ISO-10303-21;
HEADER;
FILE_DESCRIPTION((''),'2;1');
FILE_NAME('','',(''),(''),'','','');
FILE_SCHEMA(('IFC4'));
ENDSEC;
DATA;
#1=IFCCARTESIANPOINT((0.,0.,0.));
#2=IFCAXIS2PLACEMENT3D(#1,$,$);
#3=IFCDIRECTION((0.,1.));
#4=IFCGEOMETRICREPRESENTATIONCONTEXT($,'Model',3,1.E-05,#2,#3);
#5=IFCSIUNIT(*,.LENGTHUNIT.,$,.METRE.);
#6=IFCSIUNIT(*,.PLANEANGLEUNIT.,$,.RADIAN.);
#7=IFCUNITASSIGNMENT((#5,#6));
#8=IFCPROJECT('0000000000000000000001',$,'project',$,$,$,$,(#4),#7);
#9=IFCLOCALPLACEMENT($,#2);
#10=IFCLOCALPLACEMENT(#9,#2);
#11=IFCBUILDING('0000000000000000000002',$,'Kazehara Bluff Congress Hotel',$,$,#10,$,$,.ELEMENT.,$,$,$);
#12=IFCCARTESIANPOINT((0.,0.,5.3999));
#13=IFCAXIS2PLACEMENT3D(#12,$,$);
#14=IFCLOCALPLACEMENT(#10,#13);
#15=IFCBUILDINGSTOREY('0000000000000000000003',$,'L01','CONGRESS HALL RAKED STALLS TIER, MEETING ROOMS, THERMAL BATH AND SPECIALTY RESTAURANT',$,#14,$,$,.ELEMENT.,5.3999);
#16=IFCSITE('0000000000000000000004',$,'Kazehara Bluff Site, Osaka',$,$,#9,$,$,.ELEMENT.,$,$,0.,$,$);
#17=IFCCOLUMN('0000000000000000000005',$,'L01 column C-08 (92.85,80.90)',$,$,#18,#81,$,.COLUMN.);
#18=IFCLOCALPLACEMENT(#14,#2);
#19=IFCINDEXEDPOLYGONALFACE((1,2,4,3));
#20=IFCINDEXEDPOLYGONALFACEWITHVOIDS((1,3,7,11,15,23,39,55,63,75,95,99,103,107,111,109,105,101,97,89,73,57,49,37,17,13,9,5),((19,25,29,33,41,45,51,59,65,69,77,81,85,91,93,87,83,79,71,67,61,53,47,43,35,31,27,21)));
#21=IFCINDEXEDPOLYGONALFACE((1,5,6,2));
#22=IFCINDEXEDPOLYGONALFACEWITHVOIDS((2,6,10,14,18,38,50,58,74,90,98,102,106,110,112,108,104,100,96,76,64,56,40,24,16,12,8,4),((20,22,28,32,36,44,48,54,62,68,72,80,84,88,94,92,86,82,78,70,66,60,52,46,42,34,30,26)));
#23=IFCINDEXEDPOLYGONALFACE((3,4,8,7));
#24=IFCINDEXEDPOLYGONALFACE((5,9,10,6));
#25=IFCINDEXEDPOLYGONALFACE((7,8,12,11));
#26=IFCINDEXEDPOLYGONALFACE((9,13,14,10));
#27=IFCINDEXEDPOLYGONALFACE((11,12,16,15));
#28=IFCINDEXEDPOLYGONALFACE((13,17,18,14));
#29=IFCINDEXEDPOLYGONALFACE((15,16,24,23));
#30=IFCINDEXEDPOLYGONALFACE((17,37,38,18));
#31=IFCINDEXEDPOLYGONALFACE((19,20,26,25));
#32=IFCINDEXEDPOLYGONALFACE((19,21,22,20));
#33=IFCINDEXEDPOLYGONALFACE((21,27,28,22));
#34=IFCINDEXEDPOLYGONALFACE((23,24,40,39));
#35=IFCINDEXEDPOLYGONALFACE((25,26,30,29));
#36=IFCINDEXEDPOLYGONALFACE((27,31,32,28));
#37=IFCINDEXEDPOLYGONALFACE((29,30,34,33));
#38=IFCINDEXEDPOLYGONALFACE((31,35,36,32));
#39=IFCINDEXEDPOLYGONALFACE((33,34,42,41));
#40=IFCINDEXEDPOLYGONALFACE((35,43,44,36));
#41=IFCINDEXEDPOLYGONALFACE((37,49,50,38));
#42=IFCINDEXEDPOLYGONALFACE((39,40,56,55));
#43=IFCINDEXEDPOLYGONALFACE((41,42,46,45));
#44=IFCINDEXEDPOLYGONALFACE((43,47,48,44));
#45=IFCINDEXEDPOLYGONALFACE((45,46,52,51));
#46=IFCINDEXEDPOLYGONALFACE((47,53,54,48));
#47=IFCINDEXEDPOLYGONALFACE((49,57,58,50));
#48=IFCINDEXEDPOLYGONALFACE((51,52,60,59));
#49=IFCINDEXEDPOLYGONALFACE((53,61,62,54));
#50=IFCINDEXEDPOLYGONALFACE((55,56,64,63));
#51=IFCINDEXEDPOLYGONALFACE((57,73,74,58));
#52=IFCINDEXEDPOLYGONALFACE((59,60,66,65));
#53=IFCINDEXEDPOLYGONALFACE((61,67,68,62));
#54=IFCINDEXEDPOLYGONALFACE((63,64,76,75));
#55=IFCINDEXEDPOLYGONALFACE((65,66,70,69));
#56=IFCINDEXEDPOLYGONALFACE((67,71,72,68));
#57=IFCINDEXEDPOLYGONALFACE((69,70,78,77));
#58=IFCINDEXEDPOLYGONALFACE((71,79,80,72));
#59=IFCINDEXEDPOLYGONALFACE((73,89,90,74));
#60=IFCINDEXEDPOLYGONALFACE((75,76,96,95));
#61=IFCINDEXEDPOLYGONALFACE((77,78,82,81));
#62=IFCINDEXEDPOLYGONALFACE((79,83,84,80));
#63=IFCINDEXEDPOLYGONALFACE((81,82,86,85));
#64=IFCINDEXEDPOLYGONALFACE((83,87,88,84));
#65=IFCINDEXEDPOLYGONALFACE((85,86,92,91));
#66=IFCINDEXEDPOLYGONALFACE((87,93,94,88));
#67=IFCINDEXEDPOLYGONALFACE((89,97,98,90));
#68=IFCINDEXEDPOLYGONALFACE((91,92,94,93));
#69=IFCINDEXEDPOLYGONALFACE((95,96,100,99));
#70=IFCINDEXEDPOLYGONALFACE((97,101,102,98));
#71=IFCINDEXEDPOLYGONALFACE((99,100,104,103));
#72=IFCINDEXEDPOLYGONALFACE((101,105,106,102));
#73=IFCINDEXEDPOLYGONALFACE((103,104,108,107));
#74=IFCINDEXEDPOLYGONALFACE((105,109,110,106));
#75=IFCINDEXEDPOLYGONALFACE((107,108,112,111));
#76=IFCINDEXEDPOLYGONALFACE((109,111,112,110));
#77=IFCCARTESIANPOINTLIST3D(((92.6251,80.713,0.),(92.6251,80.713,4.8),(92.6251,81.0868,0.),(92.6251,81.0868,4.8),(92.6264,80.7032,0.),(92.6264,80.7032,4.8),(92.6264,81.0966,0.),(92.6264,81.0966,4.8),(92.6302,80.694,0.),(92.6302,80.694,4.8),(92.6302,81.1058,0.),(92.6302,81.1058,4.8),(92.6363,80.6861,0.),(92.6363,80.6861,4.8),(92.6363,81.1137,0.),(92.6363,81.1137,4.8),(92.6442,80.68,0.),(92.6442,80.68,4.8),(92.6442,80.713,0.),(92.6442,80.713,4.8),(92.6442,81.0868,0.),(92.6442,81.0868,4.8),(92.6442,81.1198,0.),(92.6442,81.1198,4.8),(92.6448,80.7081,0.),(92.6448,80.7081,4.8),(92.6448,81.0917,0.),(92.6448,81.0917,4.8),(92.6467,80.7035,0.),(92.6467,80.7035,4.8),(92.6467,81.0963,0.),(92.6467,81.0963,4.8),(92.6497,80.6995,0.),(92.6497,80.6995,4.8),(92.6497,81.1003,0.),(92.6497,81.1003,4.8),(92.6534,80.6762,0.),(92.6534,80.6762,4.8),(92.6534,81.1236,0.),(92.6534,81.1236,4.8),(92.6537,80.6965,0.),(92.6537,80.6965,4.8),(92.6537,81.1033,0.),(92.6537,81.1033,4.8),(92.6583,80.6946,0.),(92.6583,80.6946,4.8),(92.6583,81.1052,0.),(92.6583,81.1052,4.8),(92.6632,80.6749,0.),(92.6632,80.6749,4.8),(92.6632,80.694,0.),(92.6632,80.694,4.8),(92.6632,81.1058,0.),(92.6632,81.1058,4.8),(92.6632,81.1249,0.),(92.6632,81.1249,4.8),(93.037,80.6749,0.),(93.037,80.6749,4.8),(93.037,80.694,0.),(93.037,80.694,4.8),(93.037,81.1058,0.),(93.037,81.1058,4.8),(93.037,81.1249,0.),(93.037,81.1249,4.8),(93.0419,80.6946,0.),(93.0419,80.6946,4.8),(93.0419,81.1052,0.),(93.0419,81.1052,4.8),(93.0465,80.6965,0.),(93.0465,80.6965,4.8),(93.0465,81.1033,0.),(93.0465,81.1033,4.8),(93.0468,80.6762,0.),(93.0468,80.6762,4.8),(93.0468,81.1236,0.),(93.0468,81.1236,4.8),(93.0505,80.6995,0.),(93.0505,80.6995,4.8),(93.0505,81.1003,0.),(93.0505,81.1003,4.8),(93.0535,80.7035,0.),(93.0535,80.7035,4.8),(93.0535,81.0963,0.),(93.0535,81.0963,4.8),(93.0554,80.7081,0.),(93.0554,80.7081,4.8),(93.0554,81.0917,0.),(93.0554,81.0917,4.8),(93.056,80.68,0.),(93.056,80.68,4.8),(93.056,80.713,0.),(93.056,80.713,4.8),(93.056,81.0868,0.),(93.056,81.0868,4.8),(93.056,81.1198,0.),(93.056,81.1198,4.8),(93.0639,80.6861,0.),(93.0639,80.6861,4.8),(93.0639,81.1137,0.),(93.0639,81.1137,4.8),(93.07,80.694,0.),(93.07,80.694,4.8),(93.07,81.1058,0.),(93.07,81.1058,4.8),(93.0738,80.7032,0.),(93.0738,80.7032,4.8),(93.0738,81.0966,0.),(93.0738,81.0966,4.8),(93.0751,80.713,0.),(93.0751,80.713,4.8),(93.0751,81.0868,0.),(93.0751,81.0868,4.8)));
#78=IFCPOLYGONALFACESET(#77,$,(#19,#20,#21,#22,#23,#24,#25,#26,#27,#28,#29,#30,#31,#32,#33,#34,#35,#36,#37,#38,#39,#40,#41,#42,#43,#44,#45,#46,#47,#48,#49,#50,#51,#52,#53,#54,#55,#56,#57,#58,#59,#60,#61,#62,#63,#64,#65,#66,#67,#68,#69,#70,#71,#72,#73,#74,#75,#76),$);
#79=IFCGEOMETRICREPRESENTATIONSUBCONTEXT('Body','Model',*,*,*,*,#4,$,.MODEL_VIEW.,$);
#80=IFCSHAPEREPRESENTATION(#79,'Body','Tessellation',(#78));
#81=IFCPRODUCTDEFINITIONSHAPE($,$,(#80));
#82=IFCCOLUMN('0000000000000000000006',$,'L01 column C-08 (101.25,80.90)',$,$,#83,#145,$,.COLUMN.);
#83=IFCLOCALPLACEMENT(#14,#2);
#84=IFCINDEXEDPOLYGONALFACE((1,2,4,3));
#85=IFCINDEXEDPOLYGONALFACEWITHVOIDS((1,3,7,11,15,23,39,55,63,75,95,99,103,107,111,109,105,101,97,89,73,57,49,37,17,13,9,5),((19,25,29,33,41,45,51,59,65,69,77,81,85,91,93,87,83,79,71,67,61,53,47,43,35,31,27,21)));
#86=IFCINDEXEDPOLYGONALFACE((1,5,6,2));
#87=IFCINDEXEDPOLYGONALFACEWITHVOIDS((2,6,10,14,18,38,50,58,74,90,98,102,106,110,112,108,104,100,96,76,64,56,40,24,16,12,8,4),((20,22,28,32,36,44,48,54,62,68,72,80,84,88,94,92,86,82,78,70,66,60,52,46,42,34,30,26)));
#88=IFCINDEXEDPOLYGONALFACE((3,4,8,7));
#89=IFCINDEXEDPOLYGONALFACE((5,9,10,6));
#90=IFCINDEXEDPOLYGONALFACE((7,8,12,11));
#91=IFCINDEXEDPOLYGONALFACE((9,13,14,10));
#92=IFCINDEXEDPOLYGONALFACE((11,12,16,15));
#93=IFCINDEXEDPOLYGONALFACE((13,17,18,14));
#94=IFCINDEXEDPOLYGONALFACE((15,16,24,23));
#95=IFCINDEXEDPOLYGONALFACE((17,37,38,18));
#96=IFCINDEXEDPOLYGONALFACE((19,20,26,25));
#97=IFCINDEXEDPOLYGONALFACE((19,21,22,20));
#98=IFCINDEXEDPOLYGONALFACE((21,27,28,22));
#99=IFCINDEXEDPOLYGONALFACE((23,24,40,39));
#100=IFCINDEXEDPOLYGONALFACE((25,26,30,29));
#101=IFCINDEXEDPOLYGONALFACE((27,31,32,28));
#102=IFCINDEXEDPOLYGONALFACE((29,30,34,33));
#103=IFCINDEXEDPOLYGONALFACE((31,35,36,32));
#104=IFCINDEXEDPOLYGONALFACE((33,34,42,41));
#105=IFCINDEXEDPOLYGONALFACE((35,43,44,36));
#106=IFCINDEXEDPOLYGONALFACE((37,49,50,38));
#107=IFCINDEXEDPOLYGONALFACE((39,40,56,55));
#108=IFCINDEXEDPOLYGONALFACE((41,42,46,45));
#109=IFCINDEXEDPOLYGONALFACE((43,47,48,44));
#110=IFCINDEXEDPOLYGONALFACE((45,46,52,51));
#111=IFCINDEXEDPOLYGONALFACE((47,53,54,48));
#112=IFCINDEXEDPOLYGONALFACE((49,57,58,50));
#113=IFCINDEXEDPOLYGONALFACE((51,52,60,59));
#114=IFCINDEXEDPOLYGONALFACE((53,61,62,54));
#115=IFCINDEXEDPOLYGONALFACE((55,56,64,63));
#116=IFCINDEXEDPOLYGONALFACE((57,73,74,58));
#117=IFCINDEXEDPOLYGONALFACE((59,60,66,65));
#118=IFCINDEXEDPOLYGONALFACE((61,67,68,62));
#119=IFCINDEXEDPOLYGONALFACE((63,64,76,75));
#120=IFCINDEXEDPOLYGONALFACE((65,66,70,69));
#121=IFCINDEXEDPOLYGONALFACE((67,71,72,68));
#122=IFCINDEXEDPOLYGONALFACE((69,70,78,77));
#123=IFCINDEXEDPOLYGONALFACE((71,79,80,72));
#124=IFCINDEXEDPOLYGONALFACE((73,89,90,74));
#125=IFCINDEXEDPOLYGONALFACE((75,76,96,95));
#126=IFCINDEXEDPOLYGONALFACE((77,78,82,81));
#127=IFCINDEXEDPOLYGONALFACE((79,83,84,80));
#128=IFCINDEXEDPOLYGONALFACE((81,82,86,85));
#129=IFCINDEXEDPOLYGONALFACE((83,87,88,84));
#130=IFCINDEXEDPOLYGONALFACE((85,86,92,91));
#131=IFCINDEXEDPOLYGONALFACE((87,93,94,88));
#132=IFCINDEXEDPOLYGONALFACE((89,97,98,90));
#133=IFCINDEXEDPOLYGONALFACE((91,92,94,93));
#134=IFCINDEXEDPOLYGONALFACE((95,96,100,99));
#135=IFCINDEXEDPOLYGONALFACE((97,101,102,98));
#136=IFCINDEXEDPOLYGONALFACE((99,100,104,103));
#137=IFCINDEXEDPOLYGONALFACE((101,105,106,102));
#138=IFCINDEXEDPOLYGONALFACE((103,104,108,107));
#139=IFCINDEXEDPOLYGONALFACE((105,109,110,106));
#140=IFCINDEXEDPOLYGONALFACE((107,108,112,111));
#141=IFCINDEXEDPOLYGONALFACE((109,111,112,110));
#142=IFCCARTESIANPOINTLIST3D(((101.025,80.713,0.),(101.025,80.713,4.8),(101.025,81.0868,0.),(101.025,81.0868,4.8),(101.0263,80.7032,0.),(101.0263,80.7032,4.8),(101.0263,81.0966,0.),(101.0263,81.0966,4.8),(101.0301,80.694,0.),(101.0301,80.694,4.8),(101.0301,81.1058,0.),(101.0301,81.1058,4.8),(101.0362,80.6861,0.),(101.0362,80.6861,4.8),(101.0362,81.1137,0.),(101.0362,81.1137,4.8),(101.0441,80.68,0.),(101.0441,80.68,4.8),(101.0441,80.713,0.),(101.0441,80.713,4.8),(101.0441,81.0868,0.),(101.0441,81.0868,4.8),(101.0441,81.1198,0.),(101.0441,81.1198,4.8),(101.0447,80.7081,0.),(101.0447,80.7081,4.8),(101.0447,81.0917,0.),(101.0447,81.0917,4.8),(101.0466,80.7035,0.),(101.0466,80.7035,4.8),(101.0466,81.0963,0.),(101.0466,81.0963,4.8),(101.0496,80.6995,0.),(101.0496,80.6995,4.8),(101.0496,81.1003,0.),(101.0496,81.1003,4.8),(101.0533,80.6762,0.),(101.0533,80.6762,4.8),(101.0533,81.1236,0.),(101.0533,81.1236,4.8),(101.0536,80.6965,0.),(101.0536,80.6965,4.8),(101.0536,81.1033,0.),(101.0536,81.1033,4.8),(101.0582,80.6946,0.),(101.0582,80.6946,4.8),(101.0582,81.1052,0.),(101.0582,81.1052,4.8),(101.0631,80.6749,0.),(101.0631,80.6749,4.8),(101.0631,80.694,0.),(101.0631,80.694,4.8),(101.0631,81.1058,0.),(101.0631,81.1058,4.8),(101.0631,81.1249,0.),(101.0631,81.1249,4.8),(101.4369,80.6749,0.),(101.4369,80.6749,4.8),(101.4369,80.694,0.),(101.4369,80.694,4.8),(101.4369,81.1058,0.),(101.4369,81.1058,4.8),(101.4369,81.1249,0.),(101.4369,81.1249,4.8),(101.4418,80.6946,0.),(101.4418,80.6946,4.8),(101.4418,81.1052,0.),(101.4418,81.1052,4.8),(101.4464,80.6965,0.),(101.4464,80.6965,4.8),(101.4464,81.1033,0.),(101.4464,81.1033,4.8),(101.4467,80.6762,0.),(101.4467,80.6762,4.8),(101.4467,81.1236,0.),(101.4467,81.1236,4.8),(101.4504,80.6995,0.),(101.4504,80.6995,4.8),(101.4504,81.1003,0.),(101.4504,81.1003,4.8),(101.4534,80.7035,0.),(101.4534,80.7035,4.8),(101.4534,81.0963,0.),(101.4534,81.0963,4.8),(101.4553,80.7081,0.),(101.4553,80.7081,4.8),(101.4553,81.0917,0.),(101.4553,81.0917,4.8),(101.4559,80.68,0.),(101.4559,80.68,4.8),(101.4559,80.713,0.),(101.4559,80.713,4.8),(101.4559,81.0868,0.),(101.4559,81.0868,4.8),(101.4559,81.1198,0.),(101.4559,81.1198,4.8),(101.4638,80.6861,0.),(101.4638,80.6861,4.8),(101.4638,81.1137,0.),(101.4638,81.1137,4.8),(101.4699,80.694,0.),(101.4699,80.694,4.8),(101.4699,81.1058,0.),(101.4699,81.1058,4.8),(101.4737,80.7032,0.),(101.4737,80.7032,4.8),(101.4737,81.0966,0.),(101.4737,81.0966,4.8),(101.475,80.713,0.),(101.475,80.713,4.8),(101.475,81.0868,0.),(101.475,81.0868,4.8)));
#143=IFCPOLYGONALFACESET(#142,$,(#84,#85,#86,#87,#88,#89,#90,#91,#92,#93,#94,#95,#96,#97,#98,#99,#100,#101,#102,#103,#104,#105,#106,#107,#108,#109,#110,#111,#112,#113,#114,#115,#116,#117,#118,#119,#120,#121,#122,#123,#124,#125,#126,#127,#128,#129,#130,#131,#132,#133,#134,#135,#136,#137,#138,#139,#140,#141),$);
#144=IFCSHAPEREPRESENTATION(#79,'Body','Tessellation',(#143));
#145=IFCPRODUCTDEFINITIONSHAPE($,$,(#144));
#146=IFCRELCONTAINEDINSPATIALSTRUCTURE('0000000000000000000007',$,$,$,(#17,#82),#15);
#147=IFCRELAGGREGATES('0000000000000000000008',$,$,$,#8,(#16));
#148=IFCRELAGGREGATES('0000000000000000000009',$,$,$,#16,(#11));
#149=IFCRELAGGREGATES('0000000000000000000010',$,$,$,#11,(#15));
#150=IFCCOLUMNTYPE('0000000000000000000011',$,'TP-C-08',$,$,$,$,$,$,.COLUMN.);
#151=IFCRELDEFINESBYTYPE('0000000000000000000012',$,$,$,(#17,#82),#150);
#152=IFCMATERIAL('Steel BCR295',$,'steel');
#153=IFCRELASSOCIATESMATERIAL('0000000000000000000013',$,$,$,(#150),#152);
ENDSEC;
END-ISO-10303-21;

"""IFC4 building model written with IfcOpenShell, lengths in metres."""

from ifc_helpers import new_model, si_unit, direction, frame, origin, origin_2d, place, context, subcontext, project, spatial, hollow_rectangle, extrude, material, material_profile, profile_set, type_object, element, save


model = new_model("IFC4")

# Units and contexts
model_context = context("Model", 3, precision=1e-05, world=origin(), true_north=direction((0.0, 1.0)))
body_context = subcontext(model_context, "Body", "Model", "MODEL_VIEW")
ifc_project = project(units=[si_unit("LENGTHUNIT", "METRE"), si_unit("PLANEANGLEUNIT", "RADIAN")], contexts=[model_context])

# Site, building, storey
site_placement = place(None, origin())
site = spatial("IfcSite", under=ifc_project, at=site_placement, Name="Kazehara Bluff Site, Osaka", CompositionType="ELEMENT", RefElevation=0.0)
building_placement = place(site_placement, origin())
building = spatial("IfcBuilding", under=site, at=building_placement, Name="Kazehara Bluff Congress Hotel", CompositionType="ELEMENT")
storey_placement = place(building_placement, frame((0.0, 0.0, 5.3999)))
storey = spatial("IfcBuildingStorey", under=building, at=storey_placement, Name="L01", Description="CONGRESS HALL RAKED STALLS TIER, MEETING ROOMS, THERMAL BATH AND SPECIALTY RESTAURANT", CompositionType="ELEMENT", Elevation=5.3999)

# Columns
ifc_material_1 = material(Name="Steel BCR295", Category="steel")
ifc_material_profile_1 = material_profile(ifc_material_1, hollow_rectangle(XDim=0.45, YDim=0.45, WallThickness=0.019, InnerFilletRadius=0.019, OuterFilletRadius=0.0381, at=origin_2d()))
ifc_profile_set_1 = profile_set([ifc_material_profile_1], Name="Steel BCR295")
column_type = type_object("IfcColumnType", Name="TP-C-08", PredefinedType="COLUMN", material=ifc_profile_set_1)
for number, where, z_axis, x_axis, name in (
    (1, (92.8501, 80.8999, 0.0), (0.0, 0.0, 1.0), (1.0, 0.0, 0.0), "L01 column C-08 (92.85,80.90)"),
    (2, (101.25, 80.8999, 0.0), (0.0, 0.0, 1.0), (1.0, 0.0, 0.0), "L01 column C-08 (101.25,80.90)"),
):
    element("IfcColumn", number, at=place(storey_placement, frame(where, z_axis=z_axis, x_axis=x_axis)), inside=storey, type_object=column_type, Name=name, PredefinedType="COLUMN", context=body_context, shape_type="SweptSolid", body=[
        extrude(hollow_rectangle(XDim=0.45, YDim=0.45, WallThickness=0.019, InnerFilletRadius=0.019, OuterFilletRadius=0.0381, at=origin_2d()), origin(), (0.0, 0.0, 1.0), 4.8),
    ])

save(model, "model.ifc")
